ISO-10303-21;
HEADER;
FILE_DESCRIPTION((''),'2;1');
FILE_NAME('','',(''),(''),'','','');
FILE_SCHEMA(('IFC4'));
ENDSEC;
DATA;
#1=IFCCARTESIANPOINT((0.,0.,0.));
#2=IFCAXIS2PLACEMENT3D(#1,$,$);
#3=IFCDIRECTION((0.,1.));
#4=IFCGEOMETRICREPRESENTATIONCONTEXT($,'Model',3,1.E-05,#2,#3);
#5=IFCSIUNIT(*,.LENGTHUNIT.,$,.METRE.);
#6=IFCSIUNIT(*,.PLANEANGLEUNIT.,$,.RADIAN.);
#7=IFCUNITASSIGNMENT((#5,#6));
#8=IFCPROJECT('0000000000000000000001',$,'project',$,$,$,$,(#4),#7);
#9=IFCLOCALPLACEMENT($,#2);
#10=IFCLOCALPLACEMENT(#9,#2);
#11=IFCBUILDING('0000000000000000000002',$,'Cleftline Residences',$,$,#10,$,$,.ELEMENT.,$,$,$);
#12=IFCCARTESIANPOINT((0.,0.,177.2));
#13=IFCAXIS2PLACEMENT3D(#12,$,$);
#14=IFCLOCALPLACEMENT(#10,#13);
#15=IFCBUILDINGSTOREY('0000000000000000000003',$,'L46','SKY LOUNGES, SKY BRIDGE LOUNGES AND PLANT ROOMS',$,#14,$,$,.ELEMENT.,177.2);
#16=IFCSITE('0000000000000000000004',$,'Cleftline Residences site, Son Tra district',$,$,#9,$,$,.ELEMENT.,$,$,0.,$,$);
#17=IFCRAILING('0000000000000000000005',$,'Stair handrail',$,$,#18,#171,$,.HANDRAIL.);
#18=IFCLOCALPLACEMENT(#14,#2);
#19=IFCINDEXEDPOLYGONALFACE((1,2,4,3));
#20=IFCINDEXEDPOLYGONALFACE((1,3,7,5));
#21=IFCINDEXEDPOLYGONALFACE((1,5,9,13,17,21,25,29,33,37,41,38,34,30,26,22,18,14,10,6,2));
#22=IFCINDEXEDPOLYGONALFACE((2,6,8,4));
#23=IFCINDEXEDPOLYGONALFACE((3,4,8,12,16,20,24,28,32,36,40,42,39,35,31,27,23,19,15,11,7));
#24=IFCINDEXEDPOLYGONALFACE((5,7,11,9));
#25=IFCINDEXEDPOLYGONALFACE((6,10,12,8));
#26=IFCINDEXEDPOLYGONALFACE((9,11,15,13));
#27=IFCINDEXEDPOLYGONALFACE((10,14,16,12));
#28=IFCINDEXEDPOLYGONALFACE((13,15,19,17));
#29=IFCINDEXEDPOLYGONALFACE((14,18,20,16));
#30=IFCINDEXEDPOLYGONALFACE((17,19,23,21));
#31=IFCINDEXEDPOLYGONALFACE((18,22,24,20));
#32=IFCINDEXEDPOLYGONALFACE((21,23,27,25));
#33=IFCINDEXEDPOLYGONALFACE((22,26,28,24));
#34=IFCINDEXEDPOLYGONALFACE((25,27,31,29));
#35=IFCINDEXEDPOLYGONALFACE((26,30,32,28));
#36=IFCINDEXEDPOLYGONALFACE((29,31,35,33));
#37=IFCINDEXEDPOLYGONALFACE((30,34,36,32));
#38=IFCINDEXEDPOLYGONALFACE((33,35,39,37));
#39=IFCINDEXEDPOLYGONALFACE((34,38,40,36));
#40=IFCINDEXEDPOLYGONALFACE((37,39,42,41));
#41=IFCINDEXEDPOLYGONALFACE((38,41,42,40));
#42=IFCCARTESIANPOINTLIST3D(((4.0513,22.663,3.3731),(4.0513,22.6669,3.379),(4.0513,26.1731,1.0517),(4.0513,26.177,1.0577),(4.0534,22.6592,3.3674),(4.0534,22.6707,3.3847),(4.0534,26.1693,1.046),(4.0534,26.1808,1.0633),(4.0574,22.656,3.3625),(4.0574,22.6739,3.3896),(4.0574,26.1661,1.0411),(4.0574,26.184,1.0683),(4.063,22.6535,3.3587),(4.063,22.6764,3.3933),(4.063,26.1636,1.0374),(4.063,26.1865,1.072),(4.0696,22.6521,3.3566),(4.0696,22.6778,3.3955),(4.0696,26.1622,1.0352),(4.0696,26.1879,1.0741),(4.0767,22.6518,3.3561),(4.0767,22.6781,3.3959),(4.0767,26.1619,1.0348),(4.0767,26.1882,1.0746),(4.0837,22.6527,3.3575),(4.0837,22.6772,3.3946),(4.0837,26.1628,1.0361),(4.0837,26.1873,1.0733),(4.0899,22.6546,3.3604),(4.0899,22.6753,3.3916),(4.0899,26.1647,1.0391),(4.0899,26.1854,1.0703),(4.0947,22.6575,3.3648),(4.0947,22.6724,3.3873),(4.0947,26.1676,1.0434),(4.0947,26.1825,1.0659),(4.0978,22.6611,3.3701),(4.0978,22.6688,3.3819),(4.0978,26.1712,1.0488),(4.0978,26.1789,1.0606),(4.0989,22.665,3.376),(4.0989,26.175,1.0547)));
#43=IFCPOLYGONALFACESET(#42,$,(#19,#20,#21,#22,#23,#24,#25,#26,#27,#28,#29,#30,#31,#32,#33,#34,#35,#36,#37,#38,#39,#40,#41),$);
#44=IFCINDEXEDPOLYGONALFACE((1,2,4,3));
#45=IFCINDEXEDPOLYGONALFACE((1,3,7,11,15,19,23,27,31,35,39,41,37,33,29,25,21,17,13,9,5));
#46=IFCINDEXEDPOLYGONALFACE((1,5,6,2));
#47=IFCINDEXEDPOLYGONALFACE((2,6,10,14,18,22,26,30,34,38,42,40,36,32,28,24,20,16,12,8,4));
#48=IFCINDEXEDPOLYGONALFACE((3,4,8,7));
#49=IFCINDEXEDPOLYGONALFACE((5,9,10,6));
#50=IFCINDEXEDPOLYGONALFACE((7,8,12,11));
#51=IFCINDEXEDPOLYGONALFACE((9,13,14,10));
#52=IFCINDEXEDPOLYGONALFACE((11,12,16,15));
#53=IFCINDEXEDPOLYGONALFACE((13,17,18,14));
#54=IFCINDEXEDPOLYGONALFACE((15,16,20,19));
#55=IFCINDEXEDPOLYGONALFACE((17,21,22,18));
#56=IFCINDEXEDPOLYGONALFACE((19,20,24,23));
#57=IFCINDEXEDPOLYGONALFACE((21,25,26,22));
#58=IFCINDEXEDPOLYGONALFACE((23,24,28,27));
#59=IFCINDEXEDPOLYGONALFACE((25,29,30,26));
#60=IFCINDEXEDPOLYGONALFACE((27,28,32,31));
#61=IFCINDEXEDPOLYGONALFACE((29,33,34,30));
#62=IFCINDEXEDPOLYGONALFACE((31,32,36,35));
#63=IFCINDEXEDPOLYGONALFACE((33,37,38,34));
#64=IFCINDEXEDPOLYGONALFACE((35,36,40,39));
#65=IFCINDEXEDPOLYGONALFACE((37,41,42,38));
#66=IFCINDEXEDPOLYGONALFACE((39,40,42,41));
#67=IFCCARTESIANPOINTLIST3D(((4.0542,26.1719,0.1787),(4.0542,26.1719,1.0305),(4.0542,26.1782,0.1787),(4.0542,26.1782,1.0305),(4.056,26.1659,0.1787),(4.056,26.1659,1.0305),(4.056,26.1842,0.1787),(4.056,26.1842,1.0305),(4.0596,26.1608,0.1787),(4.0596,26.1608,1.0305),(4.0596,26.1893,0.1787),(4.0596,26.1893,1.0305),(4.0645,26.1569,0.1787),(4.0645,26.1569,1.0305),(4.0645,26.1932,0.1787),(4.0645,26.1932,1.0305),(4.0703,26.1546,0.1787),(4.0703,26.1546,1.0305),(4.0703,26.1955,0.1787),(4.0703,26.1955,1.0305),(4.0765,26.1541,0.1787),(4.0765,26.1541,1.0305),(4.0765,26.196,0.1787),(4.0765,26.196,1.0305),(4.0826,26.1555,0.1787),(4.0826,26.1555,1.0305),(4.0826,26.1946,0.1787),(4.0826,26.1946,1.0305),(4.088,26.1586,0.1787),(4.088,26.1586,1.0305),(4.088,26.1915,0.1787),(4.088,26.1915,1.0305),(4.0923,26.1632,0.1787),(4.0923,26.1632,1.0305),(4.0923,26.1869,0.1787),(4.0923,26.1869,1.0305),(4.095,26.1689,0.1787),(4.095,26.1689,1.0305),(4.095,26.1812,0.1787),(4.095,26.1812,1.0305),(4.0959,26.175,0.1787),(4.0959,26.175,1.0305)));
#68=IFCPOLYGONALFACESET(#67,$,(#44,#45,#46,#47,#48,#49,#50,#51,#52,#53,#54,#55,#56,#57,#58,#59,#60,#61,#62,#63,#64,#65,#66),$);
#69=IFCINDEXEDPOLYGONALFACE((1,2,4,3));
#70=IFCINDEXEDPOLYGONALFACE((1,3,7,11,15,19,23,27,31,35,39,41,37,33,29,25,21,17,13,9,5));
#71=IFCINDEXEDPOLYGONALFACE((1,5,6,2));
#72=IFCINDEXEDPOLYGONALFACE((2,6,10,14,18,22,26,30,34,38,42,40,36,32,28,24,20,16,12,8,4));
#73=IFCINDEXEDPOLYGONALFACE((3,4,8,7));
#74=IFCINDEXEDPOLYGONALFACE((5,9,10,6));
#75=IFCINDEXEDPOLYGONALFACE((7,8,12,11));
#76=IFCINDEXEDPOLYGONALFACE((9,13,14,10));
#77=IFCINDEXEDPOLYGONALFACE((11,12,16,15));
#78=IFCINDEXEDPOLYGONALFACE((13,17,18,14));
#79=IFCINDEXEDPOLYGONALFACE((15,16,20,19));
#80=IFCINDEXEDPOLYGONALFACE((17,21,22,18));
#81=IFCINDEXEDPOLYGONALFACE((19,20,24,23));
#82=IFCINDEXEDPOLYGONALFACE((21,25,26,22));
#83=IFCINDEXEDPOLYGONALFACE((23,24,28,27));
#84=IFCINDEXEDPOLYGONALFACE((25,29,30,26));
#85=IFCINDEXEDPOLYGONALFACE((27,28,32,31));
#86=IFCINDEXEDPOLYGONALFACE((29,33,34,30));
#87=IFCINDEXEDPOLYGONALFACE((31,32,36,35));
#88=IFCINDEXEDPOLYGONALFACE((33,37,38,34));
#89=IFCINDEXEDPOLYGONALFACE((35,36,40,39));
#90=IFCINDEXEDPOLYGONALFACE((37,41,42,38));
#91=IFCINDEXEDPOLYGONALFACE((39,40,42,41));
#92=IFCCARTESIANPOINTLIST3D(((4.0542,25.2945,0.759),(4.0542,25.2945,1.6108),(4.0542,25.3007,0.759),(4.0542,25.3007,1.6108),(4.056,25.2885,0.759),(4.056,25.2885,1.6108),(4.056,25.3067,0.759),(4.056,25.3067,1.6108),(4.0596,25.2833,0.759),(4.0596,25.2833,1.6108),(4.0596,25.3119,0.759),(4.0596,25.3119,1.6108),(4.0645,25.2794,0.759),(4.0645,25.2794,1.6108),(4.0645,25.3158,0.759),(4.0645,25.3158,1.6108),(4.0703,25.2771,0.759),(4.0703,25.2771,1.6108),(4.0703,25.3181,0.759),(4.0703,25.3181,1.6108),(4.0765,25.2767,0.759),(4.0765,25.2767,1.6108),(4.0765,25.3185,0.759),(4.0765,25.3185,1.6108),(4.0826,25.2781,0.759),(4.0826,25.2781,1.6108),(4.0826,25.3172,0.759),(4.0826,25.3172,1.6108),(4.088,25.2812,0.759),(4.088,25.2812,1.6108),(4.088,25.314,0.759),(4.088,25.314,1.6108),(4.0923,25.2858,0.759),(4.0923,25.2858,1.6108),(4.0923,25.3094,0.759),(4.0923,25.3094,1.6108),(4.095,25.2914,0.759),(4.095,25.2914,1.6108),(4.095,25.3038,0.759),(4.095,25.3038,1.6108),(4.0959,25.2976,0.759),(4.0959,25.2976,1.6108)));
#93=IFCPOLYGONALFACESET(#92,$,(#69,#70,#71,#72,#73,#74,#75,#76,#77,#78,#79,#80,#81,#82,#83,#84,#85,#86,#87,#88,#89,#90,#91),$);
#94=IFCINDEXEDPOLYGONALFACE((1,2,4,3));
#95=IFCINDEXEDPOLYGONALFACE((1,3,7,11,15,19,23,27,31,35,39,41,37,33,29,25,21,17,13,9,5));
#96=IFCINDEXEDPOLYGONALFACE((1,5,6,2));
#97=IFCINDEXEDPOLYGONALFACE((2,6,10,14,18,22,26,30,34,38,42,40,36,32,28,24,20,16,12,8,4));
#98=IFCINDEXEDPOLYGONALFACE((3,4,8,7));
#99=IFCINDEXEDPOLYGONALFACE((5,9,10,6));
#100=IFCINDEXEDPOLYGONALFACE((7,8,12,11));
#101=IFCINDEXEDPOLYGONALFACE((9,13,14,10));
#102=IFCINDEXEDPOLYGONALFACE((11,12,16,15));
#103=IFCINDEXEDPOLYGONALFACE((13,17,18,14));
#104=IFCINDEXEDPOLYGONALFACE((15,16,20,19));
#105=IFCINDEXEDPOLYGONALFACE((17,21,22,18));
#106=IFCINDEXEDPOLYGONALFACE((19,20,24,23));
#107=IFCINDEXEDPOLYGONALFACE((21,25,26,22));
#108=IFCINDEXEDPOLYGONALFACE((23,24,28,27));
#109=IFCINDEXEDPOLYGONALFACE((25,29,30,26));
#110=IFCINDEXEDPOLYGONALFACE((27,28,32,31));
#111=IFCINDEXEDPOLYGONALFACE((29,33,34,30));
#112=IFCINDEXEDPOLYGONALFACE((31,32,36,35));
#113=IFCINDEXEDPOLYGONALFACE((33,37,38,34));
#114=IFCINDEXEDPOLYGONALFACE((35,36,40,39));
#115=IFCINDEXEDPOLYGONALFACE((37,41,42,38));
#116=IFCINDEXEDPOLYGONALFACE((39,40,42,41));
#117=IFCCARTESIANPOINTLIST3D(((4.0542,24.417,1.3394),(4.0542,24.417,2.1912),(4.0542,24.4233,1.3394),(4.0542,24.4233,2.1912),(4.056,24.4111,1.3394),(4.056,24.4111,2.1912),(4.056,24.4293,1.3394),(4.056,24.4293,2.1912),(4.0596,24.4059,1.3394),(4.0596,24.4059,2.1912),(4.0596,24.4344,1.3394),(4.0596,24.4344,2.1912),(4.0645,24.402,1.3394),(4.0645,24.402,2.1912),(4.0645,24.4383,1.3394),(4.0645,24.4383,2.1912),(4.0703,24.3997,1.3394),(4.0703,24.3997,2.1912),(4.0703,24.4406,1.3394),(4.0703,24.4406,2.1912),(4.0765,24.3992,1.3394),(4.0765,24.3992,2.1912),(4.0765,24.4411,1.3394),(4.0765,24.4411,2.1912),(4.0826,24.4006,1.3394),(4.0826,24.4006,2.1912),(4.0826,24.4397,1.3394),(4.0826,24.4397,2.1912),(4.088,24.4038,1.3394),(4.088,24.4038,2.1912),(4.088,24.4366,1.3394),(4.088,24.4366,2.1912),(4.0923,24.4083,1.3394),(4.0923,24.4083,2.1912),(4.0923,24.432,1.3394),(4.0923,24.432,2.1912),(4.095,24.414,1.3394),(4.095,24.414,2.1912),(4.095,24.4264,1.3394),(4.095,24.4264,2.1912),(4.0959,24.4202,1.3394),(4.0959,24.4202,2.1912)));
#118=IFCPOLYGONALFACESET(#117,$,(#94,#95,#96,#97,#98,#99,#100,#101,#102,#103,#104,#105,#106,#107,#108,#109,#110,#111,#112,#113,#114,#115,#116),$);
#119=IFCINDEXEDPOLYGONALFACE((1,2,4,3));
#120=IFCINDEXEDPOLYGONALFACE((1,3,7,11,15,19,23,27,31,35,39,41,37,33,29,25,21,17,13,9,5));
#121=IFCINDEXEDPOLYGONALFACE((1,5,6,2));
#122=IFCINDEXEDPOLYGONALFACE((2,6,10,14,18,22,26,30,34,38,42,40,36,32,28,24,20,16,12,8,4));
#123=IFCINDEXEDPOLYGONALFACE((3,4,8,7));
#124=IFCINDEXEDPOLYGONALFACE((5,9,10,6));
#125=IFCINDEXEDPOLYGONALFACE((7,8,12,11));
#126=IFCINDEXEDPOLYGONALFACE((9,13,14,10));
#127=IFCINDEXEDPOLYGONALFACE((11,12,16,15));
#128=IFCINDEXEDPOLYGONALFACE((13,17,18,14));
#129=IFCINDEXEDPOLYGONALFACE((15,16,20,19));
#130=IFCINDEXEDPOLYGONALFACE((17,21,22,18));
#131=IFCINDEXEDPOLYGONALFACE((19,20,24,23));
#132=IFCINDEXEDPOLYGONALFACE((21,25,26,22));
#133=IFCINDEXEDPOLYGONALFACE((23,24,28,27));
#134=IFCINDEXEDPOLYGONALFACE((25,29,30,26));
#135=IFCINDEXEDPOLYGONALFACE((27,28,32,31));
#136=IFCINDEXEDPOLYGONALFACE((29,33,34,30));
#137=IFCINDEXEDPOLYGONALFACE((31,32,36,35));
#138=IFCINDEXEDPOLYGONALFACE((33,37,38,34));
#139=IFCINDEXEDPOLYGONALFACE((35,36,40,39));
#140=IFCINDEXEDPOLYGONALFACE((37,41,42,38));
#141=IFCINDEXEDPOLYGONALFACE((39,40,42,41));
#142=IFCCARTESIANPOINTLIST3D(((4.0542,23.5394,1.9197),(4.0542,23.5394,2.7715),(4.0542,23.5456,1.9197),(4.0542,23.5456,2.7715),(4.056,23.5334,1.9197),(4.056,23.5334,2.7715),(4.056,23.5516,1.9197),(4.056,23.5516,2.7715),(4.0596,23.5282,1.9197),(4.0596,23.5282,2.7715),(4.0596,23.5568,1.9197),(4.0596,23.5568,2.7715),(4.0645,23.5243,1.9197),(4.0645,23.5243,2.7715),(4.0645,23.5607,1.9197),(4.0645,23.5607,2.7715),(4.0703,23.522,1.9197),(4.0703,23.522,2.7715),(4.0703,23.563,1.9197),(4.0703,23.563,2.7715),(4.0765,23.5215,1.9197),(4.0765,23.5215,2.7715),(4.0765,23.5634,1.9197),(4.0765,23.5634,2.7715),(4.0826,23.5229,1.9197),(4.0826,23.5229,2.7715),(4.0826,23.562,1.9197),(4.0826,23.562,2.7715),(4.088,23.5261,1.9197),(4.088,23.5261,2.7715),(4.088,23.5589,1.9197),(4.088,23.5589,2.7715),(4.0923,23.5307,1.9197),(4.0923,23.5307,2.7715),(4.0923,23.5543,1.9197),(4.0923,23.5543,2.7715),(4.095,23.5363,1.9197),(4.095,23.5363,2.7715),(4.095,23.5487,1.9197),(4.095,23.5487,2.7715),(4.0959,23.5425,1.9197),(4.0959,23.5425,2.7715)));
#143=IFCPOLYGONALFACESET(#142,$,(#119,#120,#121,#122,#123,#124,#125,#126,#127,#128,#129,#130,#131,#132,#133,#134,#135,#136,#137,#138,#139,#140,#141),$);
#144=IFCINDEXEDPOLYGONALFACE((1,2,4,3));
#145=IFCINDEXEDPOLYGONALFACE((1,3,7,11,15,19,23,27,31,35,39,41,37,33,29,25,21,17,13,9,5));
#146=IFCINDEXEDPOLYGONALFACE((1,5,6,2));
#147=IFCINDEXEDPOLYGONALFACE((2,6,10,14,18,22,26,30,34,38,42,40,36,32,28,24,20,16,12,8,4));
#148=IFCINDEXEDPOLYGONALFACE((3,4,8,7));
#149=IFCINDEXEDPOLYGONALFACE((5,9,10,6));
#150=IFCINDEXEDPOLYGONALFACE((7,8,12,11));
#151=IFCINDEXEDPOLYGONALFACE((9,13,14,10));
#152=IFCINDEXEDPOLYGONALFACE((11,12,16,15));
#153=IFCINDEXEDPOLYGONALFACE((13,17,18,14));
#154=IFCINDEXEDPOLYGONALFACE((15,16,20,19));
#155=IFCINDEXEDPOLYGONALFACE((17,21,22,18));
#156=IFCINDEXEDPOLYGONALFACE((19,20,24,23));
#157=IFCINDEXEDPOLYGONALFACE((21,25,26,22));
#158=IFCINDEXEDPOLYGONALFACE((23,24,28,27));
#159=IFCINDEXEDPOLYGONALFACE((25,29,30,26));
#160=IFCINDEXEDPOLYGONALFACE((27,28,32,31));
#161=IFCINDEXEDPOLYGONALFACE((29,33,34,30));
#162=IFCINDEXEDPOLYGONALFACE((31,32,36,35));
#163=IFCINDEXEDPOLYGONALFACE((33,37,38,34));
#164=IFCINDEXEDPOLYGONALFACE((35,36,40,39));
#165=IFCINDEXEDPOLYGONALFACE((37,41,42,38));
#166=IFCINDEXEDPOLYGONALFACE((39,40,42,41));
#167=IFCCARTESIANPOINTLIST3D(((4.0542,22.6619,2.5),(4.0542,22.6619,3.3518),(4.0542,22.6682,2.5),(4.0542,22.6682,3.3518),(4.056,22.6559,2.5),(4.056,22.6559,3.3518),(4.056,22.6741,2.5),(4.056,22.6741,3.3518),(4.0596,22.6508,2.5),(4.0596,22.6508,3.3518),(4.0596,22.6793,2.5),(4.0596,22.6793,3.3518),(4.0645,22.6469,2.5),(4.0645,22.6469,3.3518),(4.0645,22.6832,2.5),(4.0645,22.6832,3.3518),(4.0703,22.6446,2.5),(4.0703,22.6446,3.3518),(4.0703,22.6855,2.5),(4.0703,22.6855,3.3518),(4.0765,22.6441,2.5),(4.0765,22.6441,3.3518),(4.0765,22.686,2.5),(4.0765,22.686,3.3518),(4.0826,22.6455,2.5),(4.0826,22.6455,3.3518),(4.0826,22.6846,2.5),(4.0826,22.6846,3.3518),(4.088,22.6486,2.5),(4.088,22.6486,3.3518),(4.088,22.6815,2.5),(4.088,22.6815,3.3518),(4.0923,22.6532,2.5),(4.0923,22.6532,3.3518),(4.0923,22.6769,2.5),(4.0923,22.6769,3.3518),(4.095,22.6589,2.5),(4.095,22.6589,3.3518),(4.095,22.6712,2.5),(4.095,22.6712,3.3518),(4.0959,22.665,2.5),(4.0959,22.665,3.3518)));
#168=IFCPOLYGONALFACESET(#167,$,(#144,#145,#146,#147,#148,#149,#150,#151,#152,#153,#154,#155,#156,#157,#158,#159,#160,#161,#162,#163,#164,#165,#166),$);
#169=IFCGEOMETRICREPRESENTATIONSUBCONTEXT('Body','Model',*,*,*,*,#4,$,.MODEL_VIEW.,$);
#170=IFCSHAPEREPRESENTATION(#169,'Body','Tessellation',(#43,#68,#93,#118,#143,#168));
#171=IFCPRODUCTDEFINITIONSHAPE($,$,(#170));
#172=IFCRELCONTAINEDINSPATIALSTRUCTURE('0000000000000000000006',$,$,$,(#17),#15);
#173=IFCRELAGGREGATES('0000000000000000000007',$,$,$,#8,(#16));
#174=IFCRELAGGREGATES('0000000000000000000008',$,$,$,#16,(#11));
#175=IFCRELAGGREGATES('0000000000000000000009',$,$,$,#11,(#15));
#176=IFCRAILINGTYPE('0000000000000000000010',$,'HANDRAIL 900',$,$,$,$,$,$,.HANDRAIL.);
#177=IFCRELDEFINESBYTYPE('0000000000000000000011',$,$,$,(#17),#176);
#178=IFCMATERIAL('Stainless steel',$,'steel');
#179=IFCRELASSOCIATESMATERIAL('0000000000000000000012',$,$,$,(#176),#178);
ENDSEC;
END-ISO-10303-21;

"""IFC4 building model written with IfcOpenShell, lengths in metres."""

from ifc_helpers import new_model, si_unit, direction, frame, origin, origin_2d, place, context, subcontext, project, spatial, circle, extrude, material, type_object, element, save


model = new_model("IFC4")

# Units and contexts
model_context = context("Model", 3, precision=1e-05, world=origin(), true_north=direction((0.0, 1.0)))
body_context = subcontext(model_context, "Body", "Model", "MODEL_VIEW")
ifc_project = project(units=[si_unit("LENGTHUNIT", "METRE"), si_unit("PLANEANGLEUNIT", "RADIAN")], contexts=[model_context])

# Site, building, storey
site_placement = place(None, origin())
site = spatial("IfcSite", under=ifc_project, at=site_placement, Name="Cleftline Residences site, Son Tra district", CompositionType="ELEMENT", RefElevation=0.0)
building_placement = place(site_placement, origin())
building = spatial("IfcBuilding", under=site, at=building_placement, Name="Cleftline Residences", CompositionType="ELEMENT")
storey_placement = place(building_placement, frame((0.0, 0.0, 177.2)))
storey = spatial("IfcBuildingStorey", under=building, at=storey_placement, Name="L46", Description="SKY LOUNGES, SKY BRIDGE LOUNGES AND PLANT ROOMS", CompositionType="ELEMENT", Elevation=177.2)

# Railing
ifc_material_1 = material(Name="Stainless steel", Category="steel")
railing_type = type_object("IfcRailingType", Name="HANDRAIL 900", PredefinedType="HANDRAIL", material=ifc_material_1)
railing_1_placement = place(storey_placement, frame((4.075, 26.175, 0.1787)))
element("IfcRailing", 1, at=railing_1_placement, inside=storey, type_object=railing_type, Name="Stair handrail", PredefinedType="HANDRAIL", context=body_context, shape_type="SweptSolid", body=[
    extrude(circle(Radius=0.0239, at=origin_2d()), frame((0.0, 0.0, 0.876), z_axis=(0.0, -0.834097, 0.551617), x_axis=(1.0, 0.0, 0.0)), (0.0, 0.0, 1.0), 4.2083),
    extrude(circle(Radius=0.021, at=origin_2d()), origin(), (0.0, 0.0, 1.0), 0.8518),
    extrude(circle(Radius=0.021, at=origin_2d()), frame((0.0, -0.8774, 0.5803)), (0.0, 0.0, 1.0), 0.8518),
    extrude(circle(Radius=0.021, at=origin_2d()), frame((0.0, -1.7549, 1.1606)), (0.0, 0.0, 1.0), 0.8518),
    extrude(circle(Radius=0.021, at=origin_2d()), frame((0.0, -2.6326, 1.741)), (0.0, 0.0, 1.0), 0.8518),
    extrude(circle(Radius=0.021, at=origin_2d()), frame((0.0, -3.51, 2.3213)), (0.0, 0.0, 1.0), 0.8518),
])

save(model, "model.ifc")
